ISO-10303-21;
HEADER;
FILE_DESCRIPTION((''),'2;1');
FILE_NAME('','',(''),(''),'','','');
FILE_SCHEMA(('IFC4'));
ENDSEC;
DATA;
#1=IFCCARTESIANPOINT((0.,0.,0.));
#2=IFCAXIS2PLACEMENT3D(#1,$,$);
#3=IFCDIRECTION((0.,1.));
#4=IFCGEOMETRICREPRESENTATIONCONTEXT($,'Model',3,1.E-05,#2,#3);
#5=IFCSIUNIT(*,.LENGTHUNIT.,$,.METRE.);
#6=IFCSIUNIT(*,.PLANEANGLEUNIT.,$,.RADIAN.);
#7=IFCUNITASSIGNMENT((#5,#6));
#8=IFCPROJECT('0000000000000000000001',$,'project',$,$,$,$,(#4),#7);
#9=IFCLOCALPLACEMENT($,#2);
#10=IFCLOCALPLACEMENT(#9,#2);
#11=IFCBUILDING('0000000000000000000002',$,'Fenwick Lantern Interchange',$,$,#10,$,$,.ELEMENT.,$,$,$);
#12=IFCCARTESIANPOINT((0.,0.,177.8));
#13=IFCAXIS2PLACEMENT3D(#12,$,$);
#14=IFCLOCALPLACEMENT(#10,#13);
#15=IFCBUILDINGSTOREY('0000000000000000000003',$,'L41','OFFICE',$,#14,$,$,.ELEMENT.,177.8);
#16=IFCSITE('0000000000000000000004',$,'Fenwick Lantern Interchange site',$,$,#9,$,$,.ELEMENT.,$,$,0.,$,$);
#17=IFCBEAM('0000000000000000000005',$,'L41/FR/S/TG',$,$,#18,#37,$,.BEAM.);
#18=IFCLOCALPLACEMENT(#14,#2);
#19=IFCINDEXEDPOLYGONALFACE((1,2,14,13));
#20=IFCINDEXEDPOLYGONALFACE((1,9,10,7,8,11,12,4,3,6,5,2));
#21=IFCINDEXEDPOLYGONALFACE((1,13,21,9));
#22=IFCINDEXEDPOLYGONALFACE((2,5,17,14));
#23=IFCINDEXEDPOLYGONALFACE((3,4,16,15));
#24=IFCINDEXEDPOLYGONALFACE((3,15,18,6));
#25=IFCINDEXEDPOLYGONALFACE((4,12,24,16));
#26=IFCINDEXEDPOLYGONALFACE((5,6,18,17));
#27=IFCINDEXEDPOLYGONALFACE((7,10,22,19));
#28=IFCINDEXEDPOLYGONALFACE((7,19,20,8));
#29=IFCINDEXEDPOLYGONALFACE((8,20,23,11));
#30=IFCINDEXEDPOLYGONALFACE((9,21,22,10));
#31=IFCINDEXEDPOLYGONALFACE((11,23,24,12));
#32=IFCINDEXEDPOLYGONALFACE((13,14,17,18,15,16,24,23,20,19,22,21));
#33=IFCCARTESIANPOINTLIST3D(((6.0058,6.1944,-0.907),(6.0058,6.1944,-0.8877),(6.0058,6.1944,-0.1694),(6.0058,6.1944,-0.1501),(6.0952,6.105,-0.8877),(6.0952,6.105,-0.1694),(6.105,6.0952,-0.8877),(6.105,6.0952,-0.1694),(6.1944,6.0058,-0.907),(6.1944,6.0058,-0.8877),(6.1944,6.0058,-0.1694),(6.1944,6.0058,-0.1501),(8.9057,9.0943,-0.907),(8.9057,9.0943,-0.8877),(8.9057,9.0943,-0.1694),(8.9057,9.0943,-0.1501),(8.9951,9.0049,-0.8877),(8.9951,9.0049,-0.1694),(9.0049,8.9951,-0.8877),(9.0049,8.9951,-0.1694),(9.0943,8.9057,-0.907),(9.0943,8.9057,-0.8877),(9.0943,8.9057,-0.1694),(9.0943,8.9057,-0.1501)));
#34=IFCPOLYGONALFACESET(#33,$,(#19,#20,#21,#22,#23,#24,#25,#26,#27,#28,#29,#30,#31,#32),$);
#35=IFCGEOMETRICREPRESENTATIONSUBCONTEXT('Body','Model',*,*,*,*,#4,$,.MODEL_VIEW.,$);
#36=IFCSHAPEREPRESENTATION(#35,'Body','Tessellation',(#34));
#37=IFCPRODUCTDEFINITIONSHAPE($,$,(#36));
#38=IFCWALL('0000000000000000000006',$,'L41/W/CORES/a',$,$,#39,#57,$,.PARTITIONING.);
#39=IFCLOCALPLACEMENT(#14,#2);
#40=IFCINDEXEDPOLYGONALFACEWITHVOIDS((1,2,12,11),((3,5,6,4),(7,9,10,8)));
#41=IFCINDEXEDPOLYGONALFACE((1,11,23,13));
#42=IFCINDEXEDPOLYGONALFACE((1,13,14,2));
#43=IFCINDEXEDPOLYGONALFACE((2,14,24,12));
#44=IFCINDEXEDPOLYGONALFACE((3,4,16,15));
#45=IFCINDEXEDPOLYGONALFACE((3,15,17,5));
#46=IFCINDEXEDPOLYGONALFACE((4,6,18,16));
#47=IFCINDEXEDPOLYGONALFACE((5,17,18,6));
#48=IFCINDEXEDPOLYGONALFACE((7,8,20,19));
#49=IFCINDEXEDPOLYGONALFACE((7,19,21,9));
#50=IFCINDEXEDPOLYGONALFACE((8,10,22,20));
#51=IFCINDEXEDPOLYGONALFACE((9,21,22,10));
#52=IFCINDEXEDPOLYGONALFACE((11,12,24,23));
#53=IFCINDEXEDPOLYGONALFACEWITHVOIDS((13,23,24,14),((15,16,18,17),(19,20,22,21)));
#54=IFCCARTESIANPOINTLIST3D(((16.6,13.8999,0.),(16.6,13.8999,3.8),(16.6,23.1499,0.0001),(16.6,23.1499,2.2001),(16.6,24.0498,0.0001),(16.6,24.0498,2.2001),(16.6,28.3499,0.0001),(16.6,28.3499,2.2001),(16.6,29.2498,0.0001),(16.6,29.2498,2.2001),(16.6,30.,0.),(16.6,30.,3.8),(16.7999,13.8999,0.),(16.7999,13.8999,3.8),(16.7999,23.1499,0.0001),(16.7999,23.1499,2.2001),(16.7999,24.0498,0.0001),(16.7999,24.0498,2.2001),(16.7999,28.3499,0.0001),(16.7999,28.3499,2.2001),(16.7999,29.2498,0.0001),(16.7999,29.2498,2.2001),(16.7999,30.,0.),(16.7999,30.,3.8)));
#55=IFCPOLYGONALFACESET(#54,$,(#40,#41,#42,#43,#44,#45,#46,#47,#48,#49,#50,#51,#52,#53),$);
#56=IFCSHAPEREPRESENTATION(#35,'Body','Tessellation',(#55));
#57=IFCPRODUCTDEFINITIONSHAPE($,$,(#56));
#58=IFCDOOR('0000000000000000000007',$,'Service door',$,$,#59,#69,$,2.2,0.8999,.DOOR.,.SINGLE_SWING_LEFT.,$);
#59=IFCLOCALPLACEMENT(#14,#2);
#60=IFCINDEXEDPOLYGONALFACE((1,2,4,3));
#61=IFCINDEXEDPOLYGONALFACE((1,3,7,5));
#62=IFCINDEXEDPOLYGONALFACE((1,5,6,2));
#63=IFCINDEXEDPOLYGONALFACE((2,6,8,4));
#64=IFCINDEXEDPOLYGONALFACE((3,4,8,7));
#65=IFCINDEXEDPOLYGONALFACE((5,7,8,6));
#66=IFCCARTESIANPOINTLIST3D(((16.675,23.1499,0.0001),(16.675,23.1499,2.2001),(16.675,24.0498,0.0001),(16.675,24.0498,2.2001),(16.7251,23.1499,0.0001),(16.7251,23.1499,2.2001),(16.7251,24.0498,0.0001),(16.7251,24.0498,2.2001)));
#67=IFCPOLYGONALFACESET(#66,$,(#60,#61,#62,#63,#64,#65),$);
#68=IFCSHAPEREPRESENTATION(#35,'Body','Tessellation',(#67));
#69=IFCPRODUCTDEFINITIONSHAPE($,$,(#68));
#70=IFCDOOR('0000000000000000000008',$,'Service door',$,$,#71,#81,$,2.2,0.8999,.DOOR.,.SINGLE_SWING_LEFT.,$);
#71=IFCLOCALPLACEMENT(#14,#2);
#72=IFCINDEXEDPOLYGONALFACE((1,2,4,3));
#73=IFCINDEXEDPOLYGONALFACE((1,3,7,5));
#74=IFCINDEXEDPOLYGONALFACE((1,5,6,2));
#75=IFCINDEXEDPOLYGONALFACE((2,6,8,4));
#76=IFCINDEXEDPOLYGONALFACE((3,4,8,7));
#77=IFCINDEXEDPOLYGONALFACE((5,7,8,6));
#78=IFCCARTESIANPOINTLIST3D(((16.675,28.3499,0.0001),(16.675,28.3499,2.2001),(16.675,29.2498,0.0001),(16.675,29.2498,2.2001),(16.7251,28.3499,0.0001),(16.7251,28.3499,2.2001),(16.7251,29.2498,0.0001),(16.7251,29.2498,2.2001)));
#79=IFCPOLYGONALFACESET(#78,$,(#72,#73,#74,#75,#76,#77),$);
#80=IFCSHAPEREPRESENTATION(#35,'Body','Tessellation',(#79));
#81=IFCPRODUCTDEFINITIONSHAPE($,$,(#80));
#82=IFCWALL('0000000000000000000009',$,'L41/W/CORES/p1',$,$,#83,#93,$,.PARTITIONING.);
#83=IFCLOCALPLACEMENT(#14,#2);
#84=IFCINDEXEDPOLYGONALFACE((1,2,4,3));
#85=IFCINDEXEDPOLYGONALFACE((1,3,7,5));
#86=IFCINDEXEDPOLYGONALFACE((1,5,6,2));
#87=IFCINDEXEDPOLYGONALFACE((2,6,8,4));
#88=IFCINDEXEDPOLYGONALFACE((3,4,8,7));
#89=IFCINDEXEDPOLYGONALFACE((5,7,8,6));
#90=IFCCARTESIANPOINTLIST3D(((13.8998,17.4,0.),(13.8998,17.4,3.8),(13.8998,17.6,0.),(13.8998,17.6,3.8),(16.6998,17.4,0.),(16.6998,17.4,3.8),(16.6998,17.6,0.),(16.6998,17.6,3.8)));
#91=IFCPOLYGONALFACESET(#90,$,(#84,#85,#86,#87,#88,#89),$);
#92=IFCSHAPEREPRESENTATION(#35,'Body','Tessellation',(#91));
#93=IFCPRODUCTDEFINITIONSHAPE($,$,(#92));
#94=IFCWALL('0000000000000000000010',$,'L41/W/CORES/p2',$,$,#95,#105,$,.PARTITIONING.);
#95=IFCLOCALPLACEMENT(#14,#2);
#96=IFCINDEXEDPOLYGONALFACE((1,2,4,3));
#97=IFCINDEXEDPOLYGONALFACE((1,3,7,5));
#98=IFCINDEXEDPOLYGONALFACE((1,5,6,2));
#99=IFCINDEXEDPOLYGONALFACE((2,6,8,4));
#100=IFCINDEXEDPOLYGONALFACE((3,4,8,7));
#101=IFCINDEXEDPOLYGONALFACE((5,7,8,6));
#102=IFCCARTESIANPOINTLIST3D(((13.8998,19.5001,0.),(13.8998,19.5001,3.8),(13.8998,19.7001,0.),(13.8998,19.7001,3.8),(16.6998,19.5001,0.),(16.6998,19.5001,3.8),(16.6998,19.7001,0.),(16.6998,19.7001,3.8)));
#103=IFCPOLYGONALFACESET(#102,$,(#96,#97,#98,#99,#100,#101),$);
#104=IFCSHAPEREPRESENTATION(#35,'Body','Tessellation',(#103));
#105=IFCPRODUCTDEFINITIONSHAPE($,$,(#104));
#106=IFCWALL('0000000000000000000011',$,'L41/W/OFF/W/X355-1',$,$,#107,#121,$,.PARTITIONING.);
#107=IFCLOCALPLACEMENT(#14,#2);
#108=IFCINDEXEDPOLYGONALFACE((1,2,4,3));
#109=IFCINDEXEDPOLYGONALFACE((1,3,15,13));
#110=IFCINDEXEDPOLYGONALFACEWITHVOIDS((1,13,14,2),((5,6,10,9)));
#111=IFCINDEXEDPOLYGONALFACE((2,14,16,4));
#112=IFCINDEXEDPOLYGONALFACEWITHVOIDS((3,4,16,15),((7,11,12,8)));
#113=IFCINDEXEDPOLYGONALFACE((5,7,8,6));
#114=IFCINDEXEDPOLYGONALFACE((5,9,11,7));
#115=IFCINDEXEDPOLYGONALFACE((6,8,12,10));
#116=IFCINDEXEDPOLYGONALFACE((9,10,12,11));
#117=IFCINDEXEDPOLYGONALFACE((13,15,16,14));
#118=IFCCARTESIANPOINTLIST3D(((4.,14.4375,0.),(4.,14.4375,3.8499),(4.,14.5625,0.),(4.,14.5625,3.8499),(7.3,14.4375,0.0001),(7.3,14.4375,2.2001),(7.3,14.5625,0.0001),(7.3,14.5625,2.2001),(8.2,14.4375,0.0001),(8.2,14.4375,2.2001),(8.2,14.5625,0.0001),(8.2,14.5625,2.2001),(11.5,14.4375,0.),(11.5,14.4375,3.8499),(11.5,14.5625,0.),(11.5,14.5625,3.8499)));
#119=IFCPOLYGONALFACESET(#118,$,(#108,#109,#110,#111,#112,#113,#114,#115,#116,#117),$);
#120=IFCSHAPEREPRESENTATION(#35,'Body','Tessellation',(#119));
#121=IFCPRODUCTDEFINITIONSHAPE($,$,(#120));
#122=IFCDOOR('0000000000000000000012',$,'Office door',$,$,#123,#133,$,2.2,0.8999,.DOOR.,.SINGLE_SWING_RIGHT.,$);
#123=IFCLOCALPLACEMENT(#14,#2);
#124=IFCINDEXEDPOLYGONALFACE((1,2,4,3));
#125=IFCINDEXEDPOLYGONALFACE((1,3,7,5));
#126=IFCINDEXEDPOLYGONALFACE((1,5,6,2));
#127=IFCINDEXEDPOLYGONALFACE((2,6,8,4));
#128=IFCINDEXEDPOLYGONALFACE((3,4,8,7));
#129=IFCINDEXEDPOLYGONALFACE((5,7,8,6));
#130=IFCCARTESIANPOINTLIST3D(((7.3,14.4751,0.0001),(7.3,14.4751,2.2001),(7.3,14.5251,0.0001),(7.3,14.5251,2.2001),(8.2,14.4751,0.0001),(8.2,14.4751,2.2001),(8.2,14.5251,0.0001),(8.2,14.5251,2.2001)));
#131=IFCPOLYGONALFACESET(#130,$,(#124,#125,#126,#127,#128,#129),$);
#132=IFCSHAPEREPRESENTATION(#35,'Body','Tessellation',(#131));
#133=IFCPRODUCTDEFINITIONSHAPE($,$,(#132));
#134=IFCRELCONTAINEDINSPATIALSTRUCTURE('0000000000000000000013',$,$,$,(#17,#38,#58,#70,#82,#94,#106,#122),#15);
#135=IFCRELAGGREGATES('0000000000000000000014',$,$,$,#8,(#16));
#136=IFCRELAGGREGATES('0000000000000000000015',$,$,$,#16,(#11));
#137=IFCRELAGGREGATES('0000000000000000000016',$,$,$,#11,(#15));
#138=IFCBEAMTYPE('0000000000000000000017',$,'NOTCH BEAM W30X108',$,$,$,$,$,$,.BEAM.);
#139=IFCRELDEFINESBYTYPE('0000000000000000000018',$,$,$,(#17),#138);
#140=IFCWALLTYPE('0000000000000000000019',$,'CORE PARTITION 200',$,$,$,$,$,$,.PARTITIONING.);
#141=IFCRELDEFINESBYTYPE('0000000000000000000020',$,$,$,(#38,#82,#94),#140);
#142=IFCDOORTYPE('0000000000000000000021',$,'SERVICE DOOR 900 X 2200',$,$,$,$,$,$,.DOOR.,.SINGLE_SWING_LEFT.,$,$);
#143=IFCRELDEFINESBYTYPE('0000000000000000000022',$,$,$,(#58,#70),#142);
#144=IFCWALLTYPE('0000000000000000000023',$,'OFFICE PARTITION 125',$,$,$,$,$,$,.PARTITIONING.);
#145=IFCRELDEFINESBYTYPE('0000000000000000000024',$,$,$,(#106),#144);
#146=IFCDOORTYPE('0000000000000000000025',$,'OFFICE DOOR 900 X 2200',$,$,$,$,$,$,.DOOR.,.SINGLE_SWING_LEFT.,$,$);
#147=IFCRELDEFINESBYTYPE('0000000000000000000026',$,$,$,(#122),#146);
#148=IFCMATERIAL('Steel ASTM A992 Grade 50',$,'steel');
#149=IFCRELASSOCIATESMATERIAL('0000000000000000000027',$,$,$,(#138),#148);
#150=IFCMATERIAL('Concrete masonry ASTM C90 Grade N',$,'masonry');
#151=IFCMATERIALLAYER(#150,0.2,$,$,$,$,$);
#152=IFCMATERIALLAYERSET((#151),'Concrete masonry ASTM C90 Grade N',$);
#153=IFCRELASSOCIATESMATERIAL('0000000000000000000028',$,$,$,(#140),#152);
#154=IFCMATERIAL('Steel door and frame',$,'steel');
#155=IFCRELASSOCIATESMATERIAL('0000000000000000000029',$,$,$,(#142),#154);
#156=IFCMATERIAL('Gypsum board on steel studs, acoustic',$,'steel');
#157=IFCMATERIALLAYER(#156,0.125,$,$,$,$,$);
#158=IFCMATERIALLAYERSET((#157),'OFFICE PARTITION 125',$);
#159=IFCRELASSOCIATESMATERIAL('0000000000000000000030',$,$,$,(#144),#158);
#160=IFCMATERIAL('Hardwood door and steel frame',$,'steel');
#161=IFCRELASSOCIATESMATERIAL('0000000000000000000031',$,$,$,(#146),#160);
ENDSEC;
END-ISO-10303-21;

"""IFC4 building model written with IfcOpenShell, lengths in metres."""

from ifc_helpers import new_model, si_unit, direction, frame, frame_2d, origin, origin_2d, place, context, subcontext, project, spatial, rectangle, i_section, extrude, material, layer, layer_set, material_profile, profile_set, type_object, element, fill, save


model = new_model("IFC4")

# Units and contexts
model_context = context("Model", 3, precision=1e-05, world=origin(), true_north=direction((0.0, 1.0)))
body_context = subcontext(model_context, "Body", "Model", "MODEL_VIEW")
ifc_project = project(units=[si_unit("LENGTHUNIT", "METRE"), si_unit("PLANEANGLEUNIT", "RADIAN")], contexts=[model_context])

# Site, building, storey
site_placement = place(None, origin())
site = spatial("IfcSite", under=ifc_project, at=site_placement, Name="Fenwick Lantern Interchange site", CompositionType="ELEMENT", RefElevation=0.0)
building_placement = place(site_placement, origin())
building = spatial("IfcBuilding", under=site, at=building_placement, Name="Fenwick Lantern Interchange", CompositionType="ELEMENT")
storey_placement = place(building_placement, frame((0.0, 0.0, 177.8)))
storey = spatial("IfcBuildingStorey", under=building, at=storey_placement, Name="L41", Description="OFFICE", CompositionType="ELEMENT", Elevation=177.8)

# Beam
ifc_material_1 = material(Name="Steel ASTM A992 Grade 50", Category="steel")
ifc_material_profile_1 = material_profile(ifc_material_1, i_section(OverallWidth=0.2666, OverallDepth=0.7568, WebThickness=0.0139, FlangeThickness=0.0193, at=origin_2d()), Name="W30X108")
ifc_profile_set_1 = profile_set([ifc_material_profile_1], Name="Steel ASTM A992 Grade 50")
beam_type_1 = type_object("IfcBeamType", Name="NOTCH BEAM W30X108", PredefinedType="BEAM", material=ifc_profile_set_1)
beam_1_placement = place(storey_placement, frame((9.0, 9.0, -0.5286), z_axis=(-0.707107, -0.707107, 0.0), x_axis=(0.707107, -0.707107, 0.0)))
element("IfcBeam", 1, at=beam_1_placement, inside=storey, type_object=beam_type_1, Name="L41/FR/S/TG", PredefinedType="BEAM", context=body_context, shape_type="SweptSolid", body=[
    extrude(i_section(OverallWidth=0.2666, OverallDepth=0.7568, WebThickness=0.0139, FlangeThickness=0.0193, at=origin_2d()), origin(), (0.0, 0.0, 1.0), 4.1011),
])

# Wall, openings, doors
ifc_material_2 = material(Name="Concrete masonry ASTM C90 Grade N", Category="masonry")
ifc_layer_1 = layer(ifc_material_2, 0.2)
ifc_layer_set_1 = layer_set([ifc_layer_1], Name="Concrete masonry ASTM C90 Grade N")
wall_type_1 = type_object("IfcWallType", Name="CORE PARTITION 200", PredefinedType="PARTITIONING", material=ifc_layer_set_1)
wall_1_placement = place(storey_placement, frame((16.7, 13.8999, 0.0), z_axis=(0.0, 0.0, 1.0), x_axis=(0.0, 1.0, 0.0)))
wall_1 = element("IfcWall", 2, at=wall_1_placement, inside=storey, type_object=wall_type_1, Name="L41/W/CORES/a", PredefinedType="PARTITIONING", context=body_context, shape_type="SweptSolid", body=[
    extrude(rectangle(XDim=16.1001, YDim=0.2, at=frame_2d((8.05, 0.0))), origin(), (0.0, 0.0, 1.0), 3.8),
])
opening_1_placement = place(wall_1_placement, frame((9.25, 0.0, 0.0)))
opening_1 = element("IfcOpeningElement", 3, at=opening_1_placement, cuts=wall_1, PredefinedType="OPENING", context=body_context, shape_type="SweptSolid", body=[
    extrude(rectangle(XDim=0.8999, YDim=2.2, at=frame_2d((0.45, 1.1001))), frame((0.0, 0.1099, 0.0), z_axis=(0.0, -1.0, 0.0), x_axis=(1.0, 0.0, 0.0)), (0.0, 0.0, 1.0), 0.22),
])
opening_2_placement = place(wall_1_placement, frame((14.45, 0.0, 0.0)))
opening_2 = element("IfcOpeningElement", 4, at=opening_2_placement, cuts=wall_1, PredefinedType="OPENING", context=body_context, shape_type="SweptSolid", body=[
    extrude(rectangle(XDim=0.8999, YDim=2.2, at=frame_2d((0.45, 1.1001))), frame((0.0, 0.1099, 0.0), z_axis=(0.0, -1.0, 0.0), x_axis=(1.0, 0.0, 0.0)), (0.0, 0.0, 1.0), 0.22),
])
ifc_material_3 = material(Name="Steel door and frame", Category="steel")
door_type_1 = type_object("IfcDoorType", Name="SERVICE DOOR 900 X 2200", OperationType="SINGLE_SWING_LEFT", PredefinedType="DOOR", material=ifc_material_3)
door_1_placement = place(opening_1_placement, origin())
door_1 = element("IfcDoor", 5, at=door_1_placement, inside=storey, type_object=door_type_1, Name="Service door", OperationType="SINGLE_SWING_LEFT", OverallHeight=2.2, OverallWidth=0.8999, PredefinedType="DOOR", context=body_context, shape_type="SweptSolid", body=[
    extrude(rectangle(XDim=0.8999, YDim=2.2, at=frame_2d((0.45, 1.1001))), frame((0.0, 0.0249, 0.0), z_axis=(0.0, -1.0, 0.0), x_axis=(1.0, 0.0, 0.0)), (0.0, 0.0, 1.0), 0.05),
])
fill(opening_1, door_1)
door_2_placement = place(opening_2_placement, origin())
door_2 = element("IfcDoor", 6, at=door_2_placement, inside=storey, type_object=door_type_1, Name="Service door", OperationType="SINGLE_SWING_LEFT", OverallHeight=2.2, OverallWidth=0.8999, PredefinedType="DOOR", context=body_context, shape_type="SweptSolid", body=[
    extrude(rectangle(XDim=0.8999, YDim=2.2, at=frame_2d((0.45, 1.1001))), frame((0.0, 0.0249, 0.0), z_axis=(0.0, -1.0, 0.0), x_axis=(1.0, 0.0, 0.0)), (0.0, 0.0, 1.0), 0.05),
])
fill(opening_2, door_2)

# Walls
for number, where, z_axis, x_axis, name in (
    (7, (13.8999, 17.5, 0.0), (0.0, 0.0, 1.0), (1.0, 0.0, 0.0), "L41/W/CORES/p1"),
    (8, (13.8999, 19.6001, 0.0), (0.0, 0.0, 1.0), (1.0, 0.0, 0.0), "L41/W/CORES/p2"),
):
    element("IfcWall", number, at=place(storey_placement, frame(where, z_axis=z_axis, x_axis=x_axis)), inside=storey, type_object=wall_type_1, Name=name, PredefinedType="PARTITIONING", context=body_context, shape_type="SweptSolid", body=[
        extrude(rectangle(XDim=2.8, YDim=0.2, at=frame_2d((1.3999, 0.0))), origin(), (0.0, 0.0, 1.0), 3.8),
    ])

# Shared definitions
ifc_material_4 = material(Name="Hardwood door and steel frame", Category="steel")

# Wall, opening, door
ifc_material_5 = material(Name="Gypsum board on steel studs, acoustic", Category="steel")
ifc_layer_2 = layer(ifc_material_5, 0.125)
ifc_layer_set_2 = layer_set([ifc_layer_2], Name="OFFICE PARTITION 125")
wall_type_2 = type_object("IfcWallType", Name="OFFICE PARTITION 125", PredefinedType="PARTITIONING", material=ifc_layer_set_2)
wall_2_placement = place(storey_placement, frame((4.0, 14.5, 0.0), z_axis=(0.0, 0.0, 1.0), x_axis=(1.0, 0.0, 0.0)))
wall_2 = element("IfcWall", 9, at=wall_2_placement, inside=storey, type_object=wall_type_2, Name="L41/W/OFF/W/X355-1", PredefinedType="PARTITIONING", context=body_context, shape_type="SweptSolid", body=[
    extrude(rectangle(XDim=7.5, YDim=0.125, at=frame_2d((3.75, 0.0))), origin(), (0.0, 0.0, 1.0), 3.8499),
])
opening_3_placement = place(wall_2_placement, frame((3.3, 0.0, 0.0)))
opening_3 = element("IfcOpeningElement", 10, at=opening_3_placement, cuts=wall_2, PredefinedType="OPENING", context=body_context, shape_type="SweptSolid", body=[
    extrude(rectangle(XDim=0.8999, YDim=2.2, at=frame_2d((0.45, 1.1001))), frame((0.0, 0.0725, 0.0), z_axis=(0.0, -1.0, 0.0), x_axis=(1.0, 0.0, 0.0)), (0.0, 0.0, 1.0), 0.145),
])
door_type_2 = type_object("IfcDoorType", Name="OFFICE DOOR 900 X 2200", OperationType="SINGLE_SWING_LEFT", PredefinedType="DOOR", material=ifc_material_4)
door_3_placement = place(opening_3_placement, frame((0.8999, 0.0, 0.0), z_axis=(0.0, 0.0, 1.0), x_axis=(-1.0, 0.0, 0.0)))
door_3 = element("IfcDoor", 11, at=door_3_placement, inside=storey, type_object=door_type_2, Name="Office door", OperationType="SINGLE_SWING_RIGHT", OverallHeight=2.2, OverallWidth=0.8999, PredefinedType="DOOR", context=body_context, shape_type="SweptSolid", body=[
    extrude(rectangle(XDim=0.8999, YDim=2.2, at=frame_2d((0.45, 1.1001))), frame((0.0, 0.0249, 0.0), z_axis=(0.0, -1.0, 0.0), x_axis=(1.0, 0.0, 0.0)), (0.0, 0.0, 1.0), 0.05),
])
fill(opening_3, door_3)

save(model, "model.ifc")
